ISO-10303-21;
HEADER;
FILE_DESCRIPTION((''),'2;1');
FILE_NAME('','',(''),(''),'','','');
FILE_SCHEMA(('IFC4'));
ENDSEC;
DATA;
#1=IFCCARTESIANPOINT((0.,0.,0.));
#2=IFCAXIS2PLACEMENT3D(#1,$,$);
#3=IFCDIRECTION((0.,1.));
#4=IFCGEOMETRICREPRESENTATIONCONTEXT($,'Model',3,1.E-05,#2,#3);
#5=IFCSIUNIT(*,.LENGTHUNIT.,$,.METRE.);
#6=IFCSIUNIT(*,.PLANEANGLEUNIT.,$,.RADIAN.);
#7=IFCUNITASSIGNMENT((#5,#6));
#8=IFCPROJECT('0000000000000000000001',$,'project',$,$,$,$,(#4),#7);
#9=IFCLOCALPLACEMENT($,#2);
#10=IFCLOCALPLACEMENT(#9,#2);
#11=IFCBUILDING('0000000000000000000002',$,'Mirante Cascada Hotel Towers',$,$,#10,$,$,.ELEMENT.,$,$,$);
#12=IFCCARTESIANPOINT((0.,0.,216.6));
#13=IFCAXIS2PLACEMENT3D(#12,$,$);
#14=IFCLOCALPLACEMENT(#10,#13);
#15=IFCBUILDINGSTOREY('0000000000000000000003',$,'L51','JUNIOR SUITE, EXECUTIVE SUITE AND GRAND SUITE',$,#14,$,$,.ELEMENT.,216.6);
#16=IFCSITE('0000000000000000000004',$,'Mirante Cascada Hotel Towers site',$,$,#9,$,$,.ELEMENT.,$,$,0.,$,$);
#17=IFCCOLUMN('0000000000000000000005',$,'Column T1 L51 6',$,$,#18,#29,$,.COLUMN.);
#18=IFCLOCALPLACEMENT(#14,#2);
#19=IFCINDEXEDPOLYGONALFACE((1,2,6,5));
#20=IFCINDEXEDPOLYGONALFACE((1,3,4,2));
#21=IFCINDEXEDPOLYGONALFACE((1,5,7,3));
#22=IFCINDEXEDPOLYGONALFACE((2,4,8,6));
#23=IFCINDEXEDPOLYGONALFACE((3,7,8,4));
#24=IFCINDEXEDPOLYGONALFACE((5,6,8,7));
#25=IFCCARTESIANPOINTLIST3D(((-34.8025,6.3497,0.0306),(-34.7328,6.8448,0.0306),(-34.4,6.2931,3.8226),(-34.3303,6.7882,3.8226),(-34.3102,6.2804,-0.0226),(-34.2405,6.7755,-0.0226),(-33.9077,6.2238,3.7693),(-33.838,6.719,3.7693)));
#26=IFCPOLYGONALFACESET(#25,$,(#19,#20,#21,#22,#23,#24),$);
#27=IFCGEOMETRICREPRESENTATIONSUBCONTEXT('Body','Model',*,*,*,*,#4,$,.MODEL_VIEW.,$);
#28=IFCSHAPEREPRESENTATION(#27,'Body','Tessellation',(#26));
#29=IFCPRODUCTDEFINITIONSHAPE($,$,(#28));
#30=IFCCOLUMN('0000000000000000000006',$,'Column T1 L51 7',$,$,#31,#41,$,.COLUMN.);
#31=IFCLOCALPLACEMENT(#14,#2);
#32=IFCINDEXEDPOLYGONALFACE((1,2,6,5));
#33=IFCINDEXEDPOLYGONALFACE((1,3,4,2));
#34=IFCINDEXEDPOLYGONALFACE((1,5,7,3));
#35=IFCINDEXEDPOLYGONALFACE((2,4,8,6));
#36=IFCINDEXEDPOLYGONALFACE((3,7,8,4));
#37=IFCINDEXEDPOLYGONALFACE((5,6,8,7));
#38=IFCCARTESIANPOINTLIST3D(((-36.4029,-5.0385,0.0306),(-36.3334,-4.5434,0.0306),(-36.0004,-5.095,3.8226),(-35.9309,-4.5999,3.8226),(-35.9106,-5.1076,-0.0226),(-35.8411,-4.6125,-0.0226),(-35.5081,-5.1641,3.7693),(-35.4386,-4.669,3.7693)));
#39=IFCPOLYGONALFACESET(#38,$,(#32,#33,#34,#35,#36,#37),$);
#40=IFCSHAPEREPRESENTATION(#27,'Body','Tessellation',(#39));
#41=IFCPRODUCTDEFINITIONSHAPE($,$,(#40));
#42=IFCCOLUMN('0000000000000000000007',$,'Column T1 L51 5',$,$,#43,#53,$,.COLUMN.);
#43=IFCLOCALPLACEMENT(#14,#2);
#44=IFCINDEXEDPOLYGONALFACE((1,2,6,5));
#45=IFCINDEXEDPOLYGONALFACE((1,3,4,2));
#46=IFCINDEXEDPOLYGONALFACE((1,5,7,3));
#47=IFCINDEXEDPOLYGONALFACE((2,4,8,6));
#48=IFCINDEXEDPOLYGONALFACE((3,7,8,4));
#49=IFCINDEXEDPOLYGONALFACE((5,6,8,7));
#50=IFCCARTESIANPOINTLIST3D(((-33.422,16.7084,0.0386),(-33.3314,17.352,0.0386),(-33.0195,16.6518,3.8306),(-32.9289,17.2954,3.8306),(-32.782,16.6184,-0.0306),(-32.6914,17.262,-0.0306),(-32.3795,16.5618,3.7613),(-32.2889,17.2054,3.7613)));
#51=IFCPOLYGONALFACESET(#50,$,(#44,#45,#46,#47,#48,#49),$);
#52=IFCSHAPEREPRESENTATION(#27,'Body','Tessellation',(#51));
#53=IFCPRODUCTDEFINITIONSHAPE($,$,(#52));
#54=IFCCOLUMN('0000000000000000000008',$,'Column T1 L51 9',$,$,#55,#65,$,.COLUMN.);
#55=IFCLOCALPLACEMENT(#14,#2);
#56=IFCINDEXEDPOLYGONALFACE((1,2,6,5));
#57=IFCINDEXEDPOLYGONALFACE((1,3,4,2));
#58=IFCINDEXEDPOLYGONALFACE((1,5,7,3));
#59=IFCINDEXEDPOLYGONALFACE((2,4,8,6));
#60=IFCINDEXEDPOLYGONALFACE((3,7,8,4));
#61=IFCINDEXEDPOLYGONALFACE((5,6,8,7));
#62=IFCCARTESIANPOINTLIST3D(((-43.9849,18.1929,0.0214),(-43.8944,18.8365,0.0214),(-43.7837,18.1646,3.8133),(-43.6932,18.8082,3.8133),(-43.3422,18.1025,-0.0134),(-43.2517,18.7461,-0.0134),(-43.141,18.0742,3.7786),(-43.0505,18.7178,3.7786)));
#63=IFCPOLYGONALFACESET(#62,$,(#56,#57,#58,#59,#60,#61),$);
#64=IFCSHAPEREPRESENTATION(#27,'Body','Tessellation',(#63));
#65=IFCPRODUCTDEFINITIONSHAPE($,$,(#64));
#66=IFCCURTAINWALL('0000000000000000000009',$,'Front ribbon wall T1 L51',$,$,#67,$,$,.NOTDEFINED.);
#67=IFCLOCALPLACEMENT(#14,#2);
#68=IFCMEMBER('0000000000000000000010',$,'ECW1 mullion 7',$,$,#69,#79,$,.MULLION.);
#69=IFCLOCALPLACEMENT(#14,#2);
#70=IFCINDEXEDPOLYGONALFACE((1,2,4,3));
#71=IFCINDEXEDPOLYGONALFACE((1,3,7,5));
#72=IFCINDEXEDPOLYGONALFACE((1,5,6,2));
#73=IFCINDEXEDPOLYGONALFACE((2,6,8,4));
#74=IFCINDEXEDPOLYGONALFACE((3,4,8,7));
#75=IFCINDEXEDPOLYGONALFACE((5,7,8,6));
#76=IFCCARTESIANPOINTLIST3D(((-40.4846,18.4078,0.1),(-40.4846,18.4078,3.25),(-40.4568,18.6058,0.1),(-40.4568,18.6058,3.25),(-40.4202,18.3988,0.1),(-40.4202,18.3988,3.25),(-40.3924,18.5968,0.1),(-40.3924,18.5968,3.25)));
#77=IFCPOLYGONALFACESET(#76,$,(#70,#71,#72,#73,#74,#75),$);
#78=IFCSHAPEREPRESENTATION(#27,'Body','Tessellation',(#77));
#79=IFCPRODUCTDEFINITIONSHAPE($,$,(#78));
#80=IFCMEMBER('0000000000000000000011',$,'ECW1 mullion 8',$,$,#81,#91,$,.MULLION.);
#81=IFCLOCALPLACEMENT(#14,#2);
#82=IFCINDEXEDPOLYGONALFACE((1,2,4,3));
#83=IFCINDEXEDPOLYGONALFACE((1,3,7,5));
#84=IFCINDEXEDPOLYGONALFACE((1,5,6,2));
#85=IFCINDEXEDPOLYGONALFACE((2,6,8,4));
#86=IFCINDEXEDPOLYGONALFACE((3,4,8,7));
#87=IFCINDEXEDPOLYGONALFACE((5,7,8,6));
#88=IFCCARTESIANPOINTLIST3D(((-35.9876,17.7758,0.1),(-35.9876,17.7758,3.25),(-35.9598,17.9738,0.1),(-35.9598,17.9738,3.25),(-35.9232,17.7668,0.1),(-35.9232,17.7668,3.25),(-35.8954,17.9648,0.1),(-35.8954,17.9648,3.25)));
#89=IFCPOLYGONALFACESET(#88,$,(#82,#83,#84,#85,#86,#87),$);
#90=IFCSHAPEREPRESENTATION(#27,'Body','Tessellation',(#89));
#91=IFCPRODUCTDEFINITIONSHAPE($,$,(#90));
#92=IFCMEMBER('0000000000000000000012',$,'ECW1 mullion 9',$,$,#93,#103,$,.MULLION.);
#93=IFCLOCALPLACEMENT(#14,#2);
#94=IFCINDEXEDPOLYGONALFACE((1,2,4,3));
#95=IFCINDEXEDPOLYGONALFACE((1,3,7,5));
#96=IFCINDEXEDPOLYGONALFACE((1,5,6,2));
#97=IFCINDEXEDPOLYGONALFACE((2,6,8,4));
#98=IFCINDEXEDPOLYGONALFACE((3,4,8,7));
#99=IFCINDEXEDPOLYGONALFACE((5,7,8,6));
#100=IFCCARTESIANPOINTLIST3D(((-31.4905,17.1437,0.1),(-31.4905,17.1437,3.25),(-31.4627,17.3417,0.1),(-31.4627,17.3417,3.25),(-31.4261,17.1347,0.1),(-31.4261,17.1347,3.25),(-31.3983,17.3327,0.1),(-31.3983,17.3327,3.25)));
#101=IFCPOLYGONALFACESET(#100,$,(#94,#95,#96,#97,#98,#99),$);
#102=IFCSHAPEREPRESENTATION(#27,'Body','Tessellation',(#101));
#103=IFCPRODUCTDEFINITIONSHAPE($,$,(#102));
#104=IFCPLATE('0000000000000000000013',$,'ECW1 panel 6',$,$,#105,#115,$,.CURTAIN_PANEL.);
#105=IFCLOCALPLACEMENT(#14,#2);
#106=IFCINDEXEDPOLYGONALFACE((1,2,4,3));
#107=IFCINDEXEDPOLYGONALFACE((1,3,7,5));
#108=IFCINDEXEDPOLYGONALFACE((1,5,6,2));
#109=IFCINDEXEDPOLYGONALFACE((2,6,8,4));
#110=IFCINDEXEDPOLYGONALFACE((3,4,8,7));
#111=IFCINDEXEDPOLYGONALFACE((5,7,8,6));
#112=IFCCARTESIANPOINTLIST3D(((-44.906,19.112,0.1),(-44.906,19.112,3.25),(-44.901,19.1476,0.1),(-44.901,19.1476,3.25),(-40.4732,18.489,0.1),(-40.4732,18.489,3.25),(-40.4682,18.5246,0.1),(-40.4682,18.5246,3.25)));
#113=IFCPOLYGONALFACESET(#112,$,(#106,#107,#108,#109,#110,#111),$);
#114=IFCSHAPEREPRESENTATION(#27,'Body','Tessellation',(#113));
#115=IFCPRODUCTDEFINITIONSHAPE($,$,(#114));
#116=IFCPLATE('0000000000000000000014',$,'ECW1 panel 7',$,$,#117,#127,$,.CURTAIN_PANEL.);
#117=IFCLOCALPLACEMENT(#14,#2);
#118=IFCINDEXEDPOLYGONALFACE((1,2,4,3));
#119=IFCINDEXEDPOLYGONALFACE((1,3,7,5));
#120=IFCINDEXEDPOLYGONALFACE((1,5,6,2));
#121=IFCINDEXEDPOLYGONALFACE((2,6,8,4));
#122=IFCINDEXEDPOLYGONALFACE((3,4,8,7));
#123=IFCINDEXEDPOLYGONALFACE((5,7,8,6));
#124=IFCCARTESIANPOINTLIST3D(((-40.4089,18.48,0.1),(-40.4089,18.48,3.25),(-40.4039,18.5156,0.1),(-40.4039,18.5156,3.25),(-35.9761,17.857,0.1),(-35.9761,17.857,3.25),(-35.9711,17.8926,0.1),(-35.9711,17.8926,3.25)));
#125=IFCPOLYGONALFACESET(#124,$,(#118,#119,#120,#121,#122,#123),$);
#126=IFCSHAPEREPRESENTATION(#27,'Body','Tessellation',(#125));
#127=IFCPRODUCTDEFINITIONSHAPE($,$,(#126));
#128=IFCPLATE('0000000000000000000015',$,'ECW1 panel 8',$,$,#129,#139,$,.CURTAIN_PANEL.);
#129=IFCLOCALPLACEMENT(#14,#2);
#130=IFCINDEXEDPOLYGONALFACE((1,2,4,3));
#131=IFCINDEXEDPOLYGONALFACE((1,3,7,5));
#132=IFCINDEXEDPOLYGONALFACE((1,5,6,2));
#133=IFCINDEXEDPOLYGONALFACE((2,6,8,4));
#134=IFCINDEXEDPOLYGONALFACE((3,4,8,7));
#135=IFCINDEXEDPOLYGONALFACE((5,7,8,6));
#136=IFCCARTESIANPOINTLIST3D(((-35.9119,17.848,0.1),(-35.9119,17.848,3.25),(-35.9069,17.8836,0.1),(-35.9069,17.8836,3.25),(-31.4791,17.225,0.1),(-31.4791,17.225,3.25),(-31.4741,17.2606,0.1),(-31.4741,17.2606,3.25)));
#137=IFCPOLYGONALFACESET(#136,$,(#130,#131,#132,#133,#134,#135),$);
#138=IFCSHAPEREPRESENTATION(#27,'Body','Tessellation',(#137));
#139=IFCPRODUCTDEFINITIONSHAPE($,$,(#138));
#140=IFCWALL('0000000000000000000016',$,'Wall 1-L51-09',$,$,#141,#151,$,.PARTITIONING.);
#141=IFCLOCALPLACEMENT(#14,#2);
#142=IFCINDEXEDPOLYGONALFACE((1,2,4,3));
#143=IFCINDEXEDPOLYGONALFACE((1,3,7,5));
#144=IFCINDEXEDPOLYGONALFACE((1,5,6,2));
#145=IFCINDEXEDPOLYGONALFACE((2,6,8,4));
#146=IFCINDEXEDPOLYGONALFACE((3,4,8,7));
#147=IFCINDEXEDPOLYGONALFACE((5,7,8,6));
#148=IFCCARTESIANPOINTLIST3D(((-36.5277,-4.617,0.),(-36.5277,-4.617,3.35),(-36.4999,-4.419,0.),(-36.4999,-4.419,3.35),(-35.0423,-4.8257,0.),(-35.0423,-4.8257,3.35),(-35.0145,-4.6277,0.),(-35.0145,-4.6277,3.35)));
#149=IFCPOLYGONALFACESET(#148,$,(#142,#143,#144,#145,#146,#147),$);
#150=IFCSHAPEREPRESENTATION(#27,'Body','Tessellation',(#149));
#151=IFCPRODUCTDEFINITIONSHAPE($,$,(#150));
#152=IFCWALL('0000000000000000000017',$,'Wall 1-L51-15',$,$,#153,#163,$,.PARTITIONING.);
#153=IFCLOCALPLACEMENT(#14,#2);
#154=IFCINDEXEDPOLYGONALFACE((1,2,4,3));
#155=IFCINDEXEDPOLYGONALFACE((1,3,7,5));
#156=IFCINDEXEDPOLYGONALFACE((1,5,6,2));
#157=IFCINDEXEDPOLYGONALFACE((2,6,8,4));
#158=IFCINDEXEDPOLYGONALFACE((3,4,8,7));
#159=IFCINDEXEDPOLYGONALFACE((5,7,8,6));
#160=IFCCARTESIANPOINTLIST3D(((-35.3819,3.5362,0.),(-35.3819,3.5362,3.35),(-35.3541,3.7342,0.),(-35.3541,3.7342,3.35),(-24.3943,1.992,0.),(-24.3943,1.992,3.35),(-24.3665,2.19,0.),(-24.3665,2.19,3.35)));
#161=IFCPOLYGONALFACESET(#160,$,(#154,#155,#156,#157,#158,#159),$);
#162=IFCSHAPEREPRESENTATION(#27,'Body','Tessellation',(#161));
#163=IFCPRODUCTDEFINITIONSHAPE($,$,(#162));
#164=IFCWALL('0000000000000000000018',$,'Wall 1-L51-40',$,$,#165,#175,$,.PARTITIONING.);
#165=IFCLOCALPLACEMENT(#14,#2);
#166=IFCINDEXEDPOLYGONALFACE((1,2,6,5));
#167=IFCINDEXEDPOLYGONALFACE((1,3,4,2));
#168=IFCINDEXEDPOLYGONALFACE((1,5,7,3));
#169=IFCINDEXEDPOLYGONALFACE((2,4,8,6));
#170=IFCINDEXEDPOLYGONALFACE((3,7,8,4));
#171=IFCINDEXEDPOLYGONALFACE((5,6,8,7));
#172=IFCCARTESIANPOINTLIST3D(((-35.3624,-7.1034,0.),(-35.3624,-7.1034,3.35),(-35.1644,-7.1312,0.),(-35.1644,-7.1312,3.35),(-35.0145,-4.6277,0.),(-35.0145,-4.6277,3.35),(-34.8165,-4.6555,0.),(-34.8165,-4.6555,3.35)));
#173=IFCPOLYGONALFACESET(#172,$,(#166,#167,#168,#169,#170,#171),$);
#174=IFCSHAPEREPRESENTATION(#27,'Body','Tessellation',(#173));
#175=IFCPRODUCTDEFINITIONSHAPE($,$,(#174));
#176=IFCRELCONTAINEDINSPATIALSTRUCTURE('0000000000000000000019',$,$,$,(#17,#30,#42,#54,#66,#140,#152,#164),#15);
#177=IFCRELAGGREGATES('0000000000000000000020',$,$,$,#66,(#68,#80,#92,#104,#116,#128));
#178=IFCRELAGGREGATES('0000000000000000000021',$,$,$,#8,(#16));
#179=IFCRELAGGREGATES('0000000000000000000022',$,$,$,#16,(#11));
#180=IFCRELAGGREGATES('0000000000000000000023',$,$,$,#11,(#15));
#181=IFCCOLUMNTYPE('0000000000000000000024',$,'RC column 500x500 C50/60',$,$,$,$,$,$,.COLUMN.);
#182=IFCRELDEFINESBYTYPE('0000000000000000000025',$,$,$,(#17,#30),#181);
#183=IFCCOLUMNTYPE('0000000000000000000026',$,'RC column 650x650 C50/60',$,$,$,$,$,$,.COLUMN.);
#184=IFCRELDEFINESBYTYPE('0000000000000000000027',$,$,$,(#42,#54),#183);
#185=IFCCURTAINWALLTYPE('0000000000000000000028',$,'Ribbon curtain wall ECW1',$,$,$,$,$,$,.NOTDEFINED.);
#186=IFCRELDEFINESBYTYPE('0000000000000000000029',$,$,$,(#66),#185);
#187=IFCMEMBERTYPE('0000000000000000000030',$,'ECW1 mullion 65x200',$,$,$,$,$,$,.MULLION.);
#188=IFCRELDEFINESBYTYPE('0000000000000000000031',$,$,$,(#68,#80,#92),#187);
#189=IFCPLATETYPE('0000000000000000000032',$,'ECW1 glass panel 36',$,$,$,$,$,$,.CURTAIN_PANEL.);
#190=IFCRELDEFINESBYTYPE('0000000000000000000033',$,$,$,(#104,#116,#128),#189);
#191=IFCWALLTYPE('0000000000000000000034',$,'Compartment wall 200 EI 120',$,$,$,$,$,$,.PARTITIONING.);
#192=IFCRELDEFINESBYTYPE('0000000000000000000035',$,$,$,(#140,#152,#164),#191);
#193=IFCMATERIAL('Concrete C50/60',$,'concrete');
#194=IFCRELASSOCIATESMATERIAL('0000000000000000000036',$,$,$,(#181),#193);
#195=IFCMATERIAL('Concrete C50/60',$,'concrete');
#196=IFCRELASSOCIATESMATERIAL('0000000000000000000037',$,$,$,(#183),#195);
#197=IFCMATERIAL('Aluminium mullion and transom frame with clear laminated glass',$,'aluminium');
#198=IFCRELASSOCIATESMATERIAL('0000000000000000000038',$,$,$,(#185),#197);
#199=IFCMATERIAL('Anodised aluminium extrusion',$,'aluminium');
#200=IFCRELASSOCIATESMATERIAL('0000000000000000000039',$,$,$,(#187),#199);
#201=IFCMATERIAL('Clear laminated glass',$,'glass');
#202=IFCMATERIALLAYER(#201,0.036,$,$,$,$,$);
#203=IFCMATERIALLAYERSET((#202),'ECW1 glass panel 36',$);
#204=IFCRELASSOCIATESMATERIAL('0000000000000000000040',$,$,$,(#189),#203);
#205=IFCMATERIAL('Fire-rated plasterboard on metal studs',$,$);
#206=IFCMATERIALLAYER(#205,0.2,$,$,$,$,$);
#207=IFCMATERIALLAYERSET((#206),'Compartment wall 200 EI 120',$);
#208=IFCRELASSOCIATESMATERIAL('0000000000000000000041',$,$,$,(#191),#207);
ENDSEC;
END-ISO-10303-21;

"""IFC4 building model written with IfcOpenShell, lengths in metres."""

from ifc_helpers import new_model, si_unit, direction, frame, frame_2d, origin, origin_2d, place, context, subcontext, project, spatial, rectangle, extrude, material, layer, layer_set, material_profile, profile_set, type_object, element, aggregate, save


model = new_model("IFC4")

# Units and contexts
model_context = context("Model", 3, precision=1e-05, world=origin(), true_north=direction((0.0, 1.0)))
body_context = subcontext(model_context, "Body", "Model", "MODEL_VIEW")
ifc_project = project(units=[si_unit("LENGTHUNIT", "METRE"), si_unit("PLANEANGLEUNIT", "RADIAN")], contexts=[model_context])

# Site, building, storey
site_placement = place(None, origin())
site = spatial("IfcSite", under=ifc_project, at=site_placement, Name="Mirante Cascada Hotel Towers site", CompositionType="ELEMENT", RefElevation=0.0)
building_placement = place(site_placement, origin())
building = spatial("IfcBuilding", under=site, at=building_placement, Name="Mirante Cascada Hotel Towers", CompositionType="ELEMENT")
storey_placement = place(building_placement, frame((0.0, 0.0, 216.6)))
storey = spatial("IfcBuildingStorey", under=building, at=storey_placement, Name="L51", Description="JUNIOR SUITE, EXECUTIVE SUITE AND GRAND SUITE", CompositionType="ELEMENT", Elevation=216.6)

# Columns
ifc_material_1 = material(Name="Concrete C50/60", Category="concrete")
ifc_material_profile_1 = material_profile(ifc_material_1, rectangle(XDim=0.5, YDim=0.5, at=origin_2d()), Name="RC column 500x500 C50/60")
ifc_profile_set_1 = profile_set([ifc_material_profile_1], Name="Concrete C50/60")
column_type_1 = type_object("IfcColumnType", Name="RC column 500x500 C50/60", PredefinedType="COLUMN", material=ifc_profile_set_1)
for number, where, z_axis, x_axis, name in (
    (1, (-34.5215, 6.5626, 0.004), (0.10554, -0.014841, 0.994304), (0.139251, 0.990257, 0.0), "Column T1 L51 6"),
    (2, (-36.122, -4.8255, 0.004), (0.10554, -0.014815, 0.994305), (0.13901, 0.990291, 0.0), "Column T1 L51 7"),
):
    element("IfcColumn", number, at=place(storey_placement, frame(where, z_axis=z_axis, x_axis=x_axis)), inside=storey, type_object=column_type_1, Name=name, PredefinedType="COLUMN", context=body_context, shape_type="SweptSolid", body=[
        extrude(rectangle(XDim=0.5, YDim=0.5, at=origin_2d()), origin(), (0.0, 0.0, 1.0), 3.8137),
    ])
ifc_material_2 = material(Name="Concrete C50/60", Category="concrete")
ifc_material_profile_2 = material_profile(ifc_material_2, rectangle(XDim=0.65, YDim=0.65, at=origin_2d()), Name="RC column 650x650 C50/60")
ifc_profile_set_2 = profile_set([ifc_material_profile_2], Name="Concrete C50/60")
column_type_2 = type_object("IfcColumnType", Name="RC column 650x650 C50/60", PredefinedType="COLUMN", material=ifc_profile_set_2)
column_1_placement = place(storey_placement, frame((-33.0567, 16.9852, 0.004), z_axis=(0.10554, -0.014841, 0.994304), x_axis=(0.139251, 0.990257, 0.0)))
element("IfcColumn", 3, at=column_1_placement, inside=storey, type_object=column_type_2, Name="Column T1 L51 5", PredefinedType="COLUMN", context=body_context, shape_type="SweptSolid", body=[
    extrude(rectangle(XDim=0.65, YDim=0.65, at=origin_2d()), origin(), (0.0, 0.0, 1.0), 3.8137),
])
column_2_placement = place(storey_placement, frame((-43.6183, 18.4695, 0.004), z_axis=(0.052983, -0.007452, 0.998568), x_axis=(0.139285, 0.990252, 0.0)))
element("IfcColumn", 4, at=column_2_placement, inside=storey, type_object=column_type_2, Name="Column T1 L51 9", PredefinedType="COLUMN", context=body_context, shape_type="SweptSolid", body=[
    extrude(rectangle(XDim=0.65, YDim=0.65, at=origin_2d()), origin(), (0.0, 0.0, 1.0), 3.7974),
])

# Curtain wall, members, plates
ifc_material_3 = material(Name="Aluminium mullion and transom frame with clear laminated glass", Category="aluminium")
curtain_wall_type = type_object("IfcCurtainWallType", Name="Ribbon curtain wall ECW1", PredefinedType="NOTDEFINED", material=ifc_material_3)
curtain_wall_placement = place(storey_placement, origin())
curtain_wall = element("IfcCurtainWall", 5, at=curtain_wall_placement, inside=storey, type_object=curtain_wall_type, Name="Front ribbon wall T1 L51", PredefinedType="NOTDEFINED")
ifc_material_4 = material(Name="Anodised aluminium extrusion", Category="aluminium")
ifc_material_profile_3 = material_profile(ifc_material_4, rectangle(XDim=0.2, YDim=0.065, at=origin_2d()), Name="ECW1 MULLION 65x200")
ifc_profile_set_3 = profile_set([ifc_material_profile_3], Name="Anodised aluminium extrusion")
member_type = type_object("IfcMemberType", Name="ECW1 mullion 65x200", PredefinedType="MULLION", material=ifc_profile_set_3)
member_1_placement = place(storey_placement, frame((-40.4385, 18.5023, 0.1), z_axis=(0.0, 0.0, 1.0), x_axis=(0.139173, 0.990268, 0.0)))
member_1 = element("IfcMember", 6, at=member_1_placement, type_object=member_type, Name="ECW1 mullion 7", PredefinedType="MULLION", context=body_context, shape_type="SweptSolid", body=[
    extrude(rectangle(XDim=0.2, YDim=0.065, at=origin_2d()), origin(), (0.0, 0.0, 1.0), 3.15),
])
member_2_placement = place(storey_placement, frame((-35.9415, 17.8703, 0.1), z_axis=(0.0, 0.0, 1.0), x_axis=(0.139173, 0.990268, 0.0)))
member_2 = element("IfcMember", 7, at=member_2_placement, type_object=member_type, Name="ECW1 mullion 8", PredefinedType="MULLION", context=body_context, shape_type="SweptSolid", body=[
    extrude(rectangle(XDim=0.2, YDim=0.065, at=origin_2d()), origin(), (0.0, 0.0, 1.0), 3.15),
])
member_3_placement = place(storey_placement, frame((-31.4444, 17.2382, 0.1), z_axis=(0.0, 0.0, 1.0), x_axis=(0.139173, 0.990268, 0.0)))
member_3 = element("IfcMember", 8, at=member_3_placement, type_object=member_type, Name="ECW1 mullion 9", PredefinedType="MULLION", context=body_context, shape_type="SweptSolid", body=[
    extrude(rectangle(XDim=0.2, YDim=0.065, at=origin_2d()), origin(), (0.0, 0.0, 1.0), 3.15),
])
ifc_material_5 = material(Name="Clear laminated glass", Category="glass")
ifc_layer_1 = layer(ifc_material_5, 0.036)
ifc_layer_set_1 = layer_set([ifc_layer_1], Name="ECW1 glass panel 36")
plate_type = type_object("IfcPlateType", Name="ECW1 glass panel 36", PredefinedType="CURTAIN_PANEL", material=ifc_layer_set_1)
plate_1_placement = place(storey_placement, frame((-42.6871, 18.8183, 0.1), z_axis=(0.0, 0.0, 1.0), x_axis=(0.990268, -0.139173, 0.0)))
plate_1 = element("IfcPlate", 9, at=plate_1_placement, type_object=plate_type, Name="ECW1 panel 6", PredefinedType="CURTAIN_PANEL", context=body_context, shape_type="SweptSolid", body=[
    extrude(rectangle(XDim=4.4763, YDim=0.036, at=origin_2d()), origin(), (0.0, 0.0, 1.0), 3.15),
])
plate_2_placement = place(storey_placement, frame((-38.19, 18.1863, 0.1), z_axis=(0.0, 0.0, 1.0), x_axis=(0.990268, -0.139173, 0.0)))
plate_2 = element("IfcPlate", 10, at=plate_2_placement, type_object=plate_type, Name="ECW1 panel 7", PredefinedType="CURTAIN_PANEL", context=body_context, shape_type="SweptSolid", body=[
    extrude(rectangle(XDim=4.4763, YDim=0.036, at=origin_2d()), origin(), (0.0, 0.0, 1.0), 3.15),
])
plate_3_placement = place(storey_placement, frame((-33.693, 17.5543, 0.1), z_axis=(0.0, 0.0, 1.0), x_axis=(0.990268, -0.139173, 0.0)))
plate_3 = element("IfcPlate", 11, at=plate_3_placement, type_object=plate_type, Name="ECW1 panel 8", PredefinedType="CURTAIN_PANEL", context=body_context, shape_type="SweptSolid", body=[
    extrude(rectangle(XDim=4.4763, YDim=0.036, at=origin_2d()), origin(), (0.0, 0.0, 1.0), 3.15),
])
aggregate(curtain_wall, [member_1, member_2, member_3, plate_1, plate_2, plate_3])

# Walls
ifc_material_6 = material(Name="Fire-rated plasterboard on metal studs")
ifc_layer_2 = layer(ifc_material_6, 0.2)
ifc_layer_set_2 = layer_set([ifc_layer_2], Name="Compartment wall 200 EI 120")
wall_type_1 = type_object("IfcWallType", Name="Compartment wall 200 EI 120", PredefinedType="PARTITIONING", material=ifc_layer_set_2)
wall_1_placement = place(storey_placement, frame((-36.5138, -4.518, 0.0), z_axis=(0.0, 0.0, 1.0), x_axis=(0.990274, -0.139134, 0.0)))
element("IfcWall", 12, at=wall_1_placement, inside=storey, type_object=wall_type_1, Name="Wall 1-L51-09", PredefinedType="PARTITIONING", context=body_context, shape_type="SweptSolid", body=[
    extrude(rectangle(XDim=1.5, YDim=0.2, at=frame_2d((0.75, 0.0))), origin(), (0.0, 0.0, 1.0), 3.35),
])
wall_2_placement = place(storey_placement, frame((-35.368, 3.6352, 0.0), z_axis=(0.0, 0.0, 1.0), x_axis=(0.990268, -0.139173, 0.0)))
element("IfcWall", 13, at=wall_2_placement, inside=storey, type_object=wall_type_1, Name="Wall 1-L51-15", PredefinedType="PARTITIONING", context=body_context, shape_type="SweptSolid", body=[
    extrude(rectangle(XDim=11.0956, YDim=0.2, at=frame_2d((5.5478, 0.0))), origin(), (0.0, 0.0, 1.0), 3.35),
])
wall_3_placement = place(storey_placement, frame((-35.2634, -7.1173, 0.0), z_axis=(0.0, 0.0, 1.0), x_axis=(0.139159, 0.99027, 0.0)))
element("IfcWall", 14, at=wall_3_placement, inside=storey, type_object=wall_type_1, Name="Wall 1-L51-40", PredefinedType="PARTITIONING", context=body_context, shape_type="SweptSolid", body=[
    extrude(rectangle(XDim=2.5, YDim=0.2, at=frame_2d((1.25, 0.0))), origin(), (0.0, 0.0, 1.0), 3.35),
])

save(model, "model.ifc")
